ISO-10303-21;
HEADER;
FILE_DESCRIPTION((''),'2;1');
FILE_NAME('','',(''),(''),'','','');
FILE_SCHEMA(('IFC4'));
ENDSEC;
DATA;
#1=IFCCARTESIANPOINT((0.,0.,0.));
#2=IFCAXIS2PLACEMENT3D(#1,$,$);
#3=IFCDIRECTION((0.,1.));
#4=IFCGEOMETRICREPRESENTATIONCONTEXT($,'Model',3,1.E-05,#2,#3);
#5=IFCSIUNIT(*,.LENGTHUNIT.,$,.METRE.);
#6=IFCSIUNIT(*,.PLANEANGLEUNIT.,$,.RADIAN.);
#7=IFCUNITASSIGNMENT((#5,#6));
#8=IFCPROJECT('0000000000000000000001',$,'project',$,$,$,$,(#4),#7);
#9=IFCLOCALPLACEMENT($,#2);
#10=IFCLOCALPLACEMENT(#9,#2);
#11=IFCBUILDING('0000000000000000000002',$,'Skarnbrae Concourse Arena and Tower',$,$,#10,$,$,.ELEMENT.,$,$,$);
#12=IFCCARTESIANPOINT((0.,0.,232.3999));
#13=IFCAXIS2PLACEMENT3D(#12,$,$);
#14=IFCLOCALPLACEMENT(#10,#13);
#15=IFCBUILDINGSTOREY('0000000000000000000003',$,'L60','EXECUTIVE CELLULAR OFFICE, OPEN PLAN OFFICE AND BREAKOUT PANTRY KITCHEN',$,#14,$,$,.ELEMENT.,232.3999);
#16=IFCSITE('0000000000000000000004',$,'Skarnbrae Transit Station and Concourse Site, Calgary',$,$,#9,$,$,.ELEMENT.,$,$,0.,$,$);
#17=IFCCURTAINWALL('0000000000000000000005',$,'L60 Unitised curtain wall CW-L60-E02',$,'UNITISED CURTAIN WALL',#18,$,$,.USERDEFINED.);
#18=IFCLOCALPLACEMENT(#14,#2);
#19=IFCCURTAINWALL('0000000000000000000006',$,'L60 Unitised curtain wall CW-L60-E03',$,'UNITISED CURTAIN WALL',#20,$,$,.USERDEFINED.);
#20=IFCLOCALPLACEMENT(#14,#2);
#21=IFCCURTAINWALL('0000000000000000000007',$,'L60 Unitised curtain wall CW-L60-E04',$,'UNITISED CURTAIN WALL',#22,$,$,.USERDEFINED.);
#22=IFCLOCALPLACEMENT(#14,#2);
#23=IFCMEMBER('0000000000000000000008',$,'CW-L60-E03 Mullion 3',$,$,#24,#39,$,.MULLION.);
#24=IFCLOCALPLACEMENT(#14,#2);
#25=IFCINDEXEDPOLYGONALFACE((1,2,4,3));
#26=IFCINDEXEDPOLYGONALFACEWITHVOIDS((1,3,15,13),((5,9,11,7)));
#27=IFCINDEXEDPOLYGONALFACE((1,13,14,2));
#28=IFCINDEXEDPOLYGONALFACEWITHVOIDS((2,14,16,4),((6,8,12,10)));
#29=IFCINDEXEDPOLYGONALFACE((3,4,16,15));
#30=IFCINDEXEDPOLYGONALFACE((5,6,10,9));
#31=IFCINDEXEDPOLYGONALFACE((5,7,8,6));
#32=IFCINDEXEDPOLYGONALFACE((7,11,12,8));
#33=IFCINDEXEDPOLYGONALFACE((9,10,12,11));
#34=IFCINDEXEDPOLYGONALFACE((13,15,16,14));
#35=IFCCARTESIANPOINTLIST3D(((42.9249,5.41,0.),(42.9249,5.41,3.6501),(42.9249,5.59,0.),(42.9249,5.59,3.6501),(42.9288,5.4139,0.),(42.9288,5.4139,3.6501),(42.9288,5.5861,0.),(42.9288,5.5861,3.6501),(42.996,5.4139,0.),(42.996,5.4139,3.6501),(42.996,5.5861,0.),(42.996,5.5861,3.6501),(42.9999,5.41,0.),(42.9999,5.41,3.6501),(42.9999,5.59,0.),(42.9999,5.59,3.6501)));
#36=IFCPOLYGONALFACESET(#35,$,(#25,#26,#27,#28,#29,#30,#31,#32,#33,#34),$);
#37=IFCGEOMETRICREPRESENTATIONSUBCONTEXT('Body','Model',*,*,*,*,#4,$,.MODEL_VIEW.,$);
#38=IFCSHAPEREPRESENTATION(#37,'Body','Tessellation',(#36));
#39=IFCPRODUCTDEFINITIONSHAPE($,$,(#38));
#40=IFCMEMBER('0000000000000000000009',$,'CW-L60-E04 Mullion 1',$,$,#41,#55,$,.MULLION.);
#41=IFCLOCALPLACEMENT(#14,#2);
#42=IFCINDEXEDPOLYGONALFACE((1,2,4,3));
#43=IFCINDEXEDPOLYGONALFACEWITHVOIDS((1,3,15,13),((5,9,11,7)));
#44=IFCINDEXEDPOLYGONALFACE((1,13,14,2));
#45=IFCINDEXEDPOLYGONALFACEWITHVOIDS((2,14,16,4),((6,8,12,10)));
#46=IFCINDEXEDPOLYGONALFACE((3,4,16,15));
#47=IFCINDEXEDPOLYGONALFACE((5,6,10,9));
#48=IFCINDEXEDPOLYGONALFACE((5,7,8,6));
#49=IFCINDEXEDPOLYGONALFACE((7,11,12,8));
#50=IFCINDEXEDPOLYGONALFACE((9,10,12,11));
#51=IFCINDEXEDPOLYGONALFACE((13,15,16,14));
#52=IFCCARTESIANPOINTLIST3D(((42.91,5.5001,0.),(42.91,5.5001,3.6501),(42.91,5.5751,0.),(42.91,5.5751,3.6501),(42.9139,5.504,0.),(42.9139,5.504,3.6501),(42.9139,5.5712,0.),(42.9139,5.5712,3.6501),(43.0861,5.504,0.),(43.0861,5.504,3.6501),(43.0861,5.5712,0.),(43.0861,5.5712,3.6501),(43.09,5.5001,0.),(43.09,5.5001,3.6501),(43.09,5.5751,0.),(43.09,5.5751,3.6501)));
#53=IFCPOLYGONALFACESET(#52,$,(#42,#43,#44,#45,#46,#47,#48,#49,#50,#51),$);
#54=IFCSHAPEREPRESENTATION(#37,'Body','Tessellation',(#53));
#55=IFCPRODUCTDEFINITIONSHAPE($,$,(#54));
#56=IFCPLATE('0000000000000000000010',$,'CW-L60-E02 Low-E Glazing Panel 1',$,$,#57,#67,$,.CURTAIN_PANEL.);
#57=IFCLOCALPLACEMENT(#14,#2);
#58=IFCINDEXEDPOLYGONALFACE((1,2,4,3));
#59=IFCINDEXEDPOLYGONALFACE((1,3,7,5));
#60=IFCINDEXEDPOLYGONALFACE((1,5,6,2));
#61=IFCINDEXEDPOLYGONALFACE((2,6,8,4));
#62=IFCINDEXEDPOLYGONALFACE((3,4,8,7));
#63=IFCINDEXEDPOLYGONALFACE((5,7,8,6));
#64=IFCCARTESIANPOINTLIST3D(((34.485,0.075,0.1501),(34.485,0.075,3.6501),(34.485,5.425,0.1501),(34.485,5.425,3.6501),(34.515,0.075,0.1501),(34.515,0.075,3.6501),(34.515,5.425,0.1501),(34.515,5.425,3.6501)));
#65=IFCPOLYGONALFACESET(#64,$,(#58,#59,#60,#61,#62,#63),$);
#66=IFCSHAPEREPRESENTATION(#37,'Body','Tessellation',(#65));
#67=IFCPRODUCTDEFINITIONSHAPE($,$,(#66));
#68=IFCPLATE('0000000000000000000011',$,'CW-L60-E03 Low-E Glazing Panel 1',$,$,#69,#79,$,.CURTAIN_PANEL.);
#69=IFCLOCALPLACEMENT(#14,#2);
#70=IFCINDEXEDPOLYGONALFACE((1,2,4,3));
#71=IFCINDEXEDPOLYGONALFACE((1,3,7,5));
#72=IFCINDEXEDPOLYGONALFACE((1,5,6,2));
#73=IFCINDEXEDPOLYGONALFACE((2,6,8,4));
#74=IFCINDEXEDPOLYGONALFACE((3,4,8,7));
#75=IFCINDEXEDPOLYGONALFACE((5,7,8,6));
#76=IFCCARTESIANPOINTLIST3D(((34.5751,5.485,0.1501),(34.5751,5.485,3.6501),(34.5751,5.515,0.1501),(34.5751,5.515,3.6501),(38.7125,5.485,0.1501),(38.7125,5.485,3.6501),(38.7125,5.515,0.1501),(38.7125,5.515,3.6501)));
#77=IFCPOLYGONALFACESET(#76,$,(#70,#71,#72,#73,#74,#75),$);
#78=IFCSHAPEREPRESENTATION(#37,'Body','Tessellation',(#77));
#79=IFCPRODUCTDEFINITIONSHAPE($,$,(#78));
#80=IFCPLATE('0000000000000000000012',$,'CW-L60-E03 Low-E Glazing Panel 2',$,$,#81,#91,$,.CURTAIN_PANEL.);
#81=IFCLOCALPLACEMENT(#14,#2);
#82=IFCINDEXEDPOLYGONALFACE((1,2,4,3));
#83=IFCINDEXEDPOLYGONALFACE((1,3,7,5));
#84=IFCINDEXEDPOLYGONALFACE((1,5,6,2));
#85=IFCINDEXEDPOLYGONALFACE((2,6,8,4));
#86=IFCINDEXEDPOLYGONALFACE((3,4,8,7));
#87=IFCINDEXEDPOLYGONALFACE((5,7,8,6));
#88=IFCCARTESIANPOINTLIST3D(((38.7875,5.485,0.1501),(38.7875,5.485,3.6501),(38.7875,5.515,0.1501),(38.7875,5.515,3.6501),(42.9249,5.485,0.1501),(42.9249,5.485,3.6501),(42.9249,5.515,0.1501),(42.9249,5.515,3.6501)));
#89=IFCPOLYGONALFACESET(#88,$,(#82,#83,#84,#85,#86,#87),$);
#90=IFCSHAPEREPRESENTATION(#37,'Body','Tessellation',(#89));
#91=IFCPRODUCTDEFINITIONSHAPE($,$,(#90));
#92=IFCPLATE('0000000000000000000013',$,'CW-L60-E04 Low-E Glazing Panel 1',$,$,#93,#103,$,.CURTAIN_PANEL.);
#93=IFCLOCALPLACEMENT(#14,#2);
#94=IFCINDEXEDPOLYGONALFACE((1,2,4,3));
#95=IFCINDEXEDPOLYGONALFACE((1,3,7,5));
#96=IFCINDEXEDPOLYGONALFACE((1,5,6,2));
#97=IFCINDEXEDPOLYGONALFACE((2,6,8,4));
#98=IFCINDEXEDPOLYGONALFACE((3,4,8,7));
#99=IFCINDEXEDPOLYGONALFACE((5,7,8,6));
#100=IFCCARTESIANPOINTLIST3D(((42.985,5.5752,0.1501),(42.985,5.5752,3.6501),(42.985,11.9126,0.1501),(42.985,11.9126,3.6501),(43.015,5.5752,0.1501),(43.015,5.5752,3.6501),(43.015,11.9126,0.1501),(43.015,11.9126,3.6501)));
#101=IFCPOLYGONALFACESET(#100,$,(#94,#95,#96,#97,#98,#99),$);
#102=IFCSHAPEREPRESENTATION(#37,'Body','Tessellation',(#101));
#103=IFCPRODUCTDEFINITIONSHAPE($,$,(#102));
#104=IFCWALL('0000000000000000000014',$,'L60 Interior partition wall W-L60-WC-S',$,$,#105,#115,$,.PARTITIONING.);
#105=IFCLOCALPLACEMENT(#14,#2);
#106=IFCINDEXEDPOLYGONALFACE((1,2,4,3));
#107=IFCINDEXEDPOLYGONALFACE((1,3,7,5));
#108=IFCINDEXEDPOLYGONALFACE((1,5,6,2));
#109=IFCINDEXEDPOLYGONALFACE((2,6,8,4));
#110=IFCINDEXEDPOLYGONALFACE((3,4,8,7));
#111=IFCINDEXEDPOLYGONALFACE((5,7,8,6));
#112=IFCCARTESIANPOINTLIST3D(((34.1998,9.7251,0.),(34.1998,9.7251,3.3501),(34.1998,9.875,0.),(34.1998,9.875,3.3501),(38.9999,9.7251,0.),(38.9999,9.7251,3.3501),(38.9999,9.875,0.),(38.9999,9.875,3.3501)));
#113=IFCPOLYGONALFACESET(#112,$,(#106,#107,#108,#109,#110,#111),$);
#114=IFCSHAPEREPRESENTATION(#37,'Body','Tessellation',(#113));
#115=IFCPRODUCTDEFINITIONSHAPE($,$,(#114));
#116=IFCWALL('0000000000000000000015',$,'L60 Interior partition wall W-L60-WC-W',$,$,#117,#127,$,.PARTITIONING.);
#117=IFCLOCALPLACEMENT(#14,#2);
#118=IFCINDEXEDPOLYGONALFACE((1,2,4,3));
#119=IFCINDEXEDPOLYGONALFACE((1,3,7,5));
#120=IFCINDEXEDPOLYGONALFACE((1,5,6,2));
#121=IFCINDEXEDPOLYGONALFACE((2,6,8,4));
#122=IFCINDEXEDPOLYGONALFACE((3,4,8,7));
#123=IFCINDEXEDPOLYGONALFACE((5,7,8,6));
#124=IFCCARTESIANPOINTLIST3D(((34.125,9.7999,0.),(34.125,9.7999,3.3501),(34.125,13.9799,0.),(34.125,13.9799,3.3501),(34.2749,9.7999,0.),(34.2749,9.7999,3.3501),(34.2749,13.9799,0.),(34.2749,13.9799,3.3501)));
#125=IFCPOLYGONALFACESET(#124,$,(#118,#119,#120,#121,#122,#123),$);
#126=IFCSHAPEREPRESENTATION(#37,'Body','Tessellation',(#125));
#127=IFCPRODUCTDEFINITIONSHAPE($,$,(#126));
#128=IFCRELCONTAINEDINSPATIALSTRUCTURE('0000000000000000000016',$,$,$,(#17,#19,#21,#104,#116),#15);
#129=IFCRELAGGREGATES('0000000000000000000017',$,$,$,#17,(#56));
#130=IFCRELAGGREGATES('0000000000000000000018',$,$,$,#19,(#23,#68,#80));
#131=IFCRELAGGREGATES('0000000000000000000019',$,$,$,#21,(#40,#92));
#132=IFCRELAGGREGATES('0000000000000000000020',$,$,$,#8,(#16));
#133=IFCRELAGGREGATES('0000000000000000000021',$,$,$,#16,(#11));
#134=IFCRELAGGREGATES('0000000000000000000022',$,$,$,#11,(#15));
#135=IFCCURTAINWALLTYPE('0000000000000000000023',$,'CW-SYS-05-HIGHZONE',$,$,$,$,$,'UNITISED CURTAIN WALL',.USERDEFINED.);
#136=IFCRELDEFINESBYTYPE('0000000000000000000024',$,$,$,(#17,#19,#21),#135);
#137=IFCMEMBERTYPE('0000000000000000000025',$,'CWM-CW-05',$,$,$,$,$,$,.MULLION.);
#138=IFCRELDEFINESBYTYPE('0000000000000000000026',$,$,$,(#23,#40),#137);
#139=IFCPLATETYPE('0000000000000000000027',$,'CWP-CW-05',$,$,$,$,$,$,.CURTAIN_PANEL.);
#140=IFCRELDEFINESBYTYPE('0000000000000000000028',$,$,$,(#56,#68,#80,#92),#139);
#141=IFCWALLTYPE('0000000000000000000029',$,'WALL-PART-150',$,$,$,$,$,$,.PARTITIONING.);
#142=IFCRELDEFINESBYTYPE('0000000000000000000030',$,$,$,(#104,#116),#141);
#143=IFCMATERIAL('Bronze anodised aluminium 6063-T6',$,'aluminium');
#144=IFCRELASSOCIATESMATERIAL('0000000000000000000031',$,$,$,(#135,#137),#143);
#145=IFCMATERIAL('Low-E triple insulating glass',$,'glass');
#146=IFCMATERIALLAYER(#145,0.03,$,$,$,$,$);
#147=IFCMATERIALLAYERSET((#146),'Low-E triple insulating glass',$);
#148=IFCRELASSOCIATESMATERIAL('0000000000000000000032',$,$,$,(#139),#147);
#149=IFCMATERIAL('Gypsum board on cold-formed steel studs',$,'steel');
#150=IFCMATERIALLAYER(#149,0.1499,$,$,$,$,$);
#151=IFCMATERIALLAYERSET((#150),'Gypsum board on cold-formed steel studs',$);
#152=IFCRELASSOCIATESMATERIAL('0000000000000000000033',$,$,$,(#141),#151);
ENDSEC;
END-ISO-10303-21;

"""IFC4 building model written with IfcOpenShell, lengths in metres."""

from ifc_helpers import new_model, si_unit, direction, frame, frame_2d, origin, origin_2d, place, context, subcontext, project, spatial, rectangle, hollow_rectangle, extrude, source, transform, mapped, material, layer, layer_set, material_profile, profile_set, type_object, element, aggregate, save


model = new_model("IFC4")

# Units and contexts
model_context = context("Model", 3, precision=1e-05, world=origin(), true_north=direction((0.0, 1.0)))
body_context = subcontext(model_context, "Body", "Model", "MODEL_VIEW")
ifc_project = project(units=[si_unit("LENGTHUNIT", "METRE"), si_unit("PLANEANGLEUNIT", "RADIAN")], contexts=[model_context])

# Site, building, storey
site_placement = place(None, origin())
site = spatial("IfcSite", under=ifc_project, at=site_placement, Name="Skarnbrae Transit Station and Concourse Site, Calgary", CompositionType="ELEMENT", RefElevation=0.0)
building_placement = place(site_placement, origin())
building = spatial("IfcBuilding", under=site, at=building_placement, Name="Skarnbrae Concourse Arena and Tower", CompositionType="ELEMENT")
storey_placement = place(building_placement, frame((0.0, 0.0, 232.3999)))
storey = spatial("IfcBuildingStorey", under=building, at=storey_placement, Name="L60", Description="EXECUTIVE CELLULAR OFFICE, OPEN PLAN OFFICE AND BREAKOUT PANTRY KITCHEN", CompositionType="ELEMENT", Elevation=232.3999)

# Curtain wall
ifc_material_1 = material(Name="Bronze anodised aluminium 6063-T6", Category="aluminium")
curtain_wall_type = type_object("IfcCurtainWallType", Name="CW-SYS-05-HIGHZONE", ElementType="UNITISED CURTAIN WALL", PredefinedType="USERDEFINED", material=ifc_material_1)
curtain_wall_1_placement = place(storey_placement, origin())
curtain_wall_1 = element("IfcCurtainWall", 1, at=curtain_wall_1_placement, inside=storey, type_object=curtain_wall_type, Name="L60 Unitised curtain wall CW-L60-E02", ObjectType="UNITISED CURTAIN WALL", PredefinedType="USERDEFINED")

# Curtain wall
curtain_wall_2_placement = place(storey_placement, origin())
curtain_wall_2 = element("IfcCurtainWall", 2, at=curtain_wall_2_placement, inside=storey, type_object=curtain_wall_type, Name="L60 Unitised curtain wall CW-L60-E03", ObjectType="UNITISED CURTAIN WALL", PredefinedType="USERDEFINED")

# Curtain wall
curtain_wall_3_placement = place(storey_placement, origin())
curtain_wall_3 = element("IfcCurtainWall", 3, at=curtain_wall_3_placement, inside=storey, type_object=curtain_wall_type, Name="L60 Unitised curtain wall CW-L60-E04", ObjectType="UNITISED CURTAIN WALL", PredefinedType="USERDEFINED")

# Members
ifc_material_profile_1 = material_profile(ifc_material_1, hollow_rectangle(XDim=0.075, YDim=0.1799, WallThickness=0.0039, at=origin_2d()), Name="ALU-MULL-75X180")
ifc_profile_set_1 = profile_set([ifc_material_profile_1], Name="Bronze anodised aluminium 6063-T6")
member_type_1 = type_object("IfcMemberType", Name="CWM-CW-05", PredefinedType="MULLION", material=ifc_profile_set_1)
shared_shape_1 = source(origin(), body_context, "Body", "SweptSolid", [
    extrude(hollow_rectangle(XDim=0.075, YDim=0.1799, WallThickness=0.0039, at=origin_2d()), origin(), (0.0, 0.0, 1.0), 3.6501),
])
member_1_placement = place(storey_placement, frame((42.9624, 5.5, 0.0), z_axis=(0.0, 0.0, 1.0), x_axis=(1.0, 0.0, 0.0)))
member_1 = element("IfcMember", 4, at=member_1_placement, type_object=member_type_1, Name="CW-L60-E03 Mullion 3", PredefinedType="MULLION", context=body_context, shape_type="MappedRepresentation", body=[
    mapped(shared_shape_1, transform((0.0, 0.0, 0.0))),
])
member_2_placement = place(storey_placement, frame((43.0, 5.5376, 0.0), z_axis=(0.0, 0.0, 1.0), x_axis=(0.0, 1.0, 0.0)))
member_2 = element("IfcMember", 5, at=member_2_placement, type_object=member_type_1, Name="CW-L60-E04 Mullion 1", PredefinedType="MULLION", context=body_context, shape_type="MappedRepresentation", body=[
    mapped(shared_shape_1, transform((0.0, 0.0, 0.0))),
])

# Plates
ifc_material_2 = material(Name="Low-E triple insulating glass", Category="glass")
ifc_layer_1 = layer(ifc_material_2, 0.03)
ifc_layer_set_1 = layer_set([ifc_layer_1], Name="Low-E triple insulating glass")
plate_type = type_object("IfcPlateType", Name="CWP-CW-05", PredefinedType="CURTAIN_PANEL", material=ifc_layer_set_1)
shared_shape_2 = source(origin(), body_context, "Body", "SweptSolid", [
    extrude(rectangle(XDim=5.3501, YDim=0.03, at=origin_2d()), origin(), (0.0, 0.0, 1.0), 3.5),
])
plate_1_placement = place(storey_placement, frame((34.5, 2.75, 0.1501), z_axis=(0.0, 0.0, 1.0), x_axis=(0.0, 1.0, 0.0)))
plate_1 = element("IfcPlate", 6, at=plate_1_placement, type_object=plate_type, Name="CW-L60-E02 Low-E Glazing Panel 1", PredefinedType="CURTAIN_PANEL", context=body_context, shape_type="MappedRepresentation", body=[
    mapped(shared_shape_2, transform((0.0, 0.0, 0.0))),
])
aggregate(curtain_wall_1, [plate_1])
shared_shape_3 = source(origin(), body_context, "Body", "SweptSolid", [
    extrude(rectangle(XDim=4.1375, YDim=0.03, at=origin_2d()), origin(), (0.0, 0.0, 1.0), 3.5),
])
plate_2_placement = place(storey_placement, frame((36.6438, 5.5, 0.1501), z_axis=(0.0, 0.0, 1.0), x_axis=(1.0, 0.0, 0.0)))
plate_2 = element("IfcPlate", 7, at=plate_2_placement, type_object=plate_type, Name="CW-L60-E03 Low-E Glazing Panel 1", PredefinedType="CURTAIN_PANEL", context=body_context, shape_type="MappedRepresentation", body=[
    mapped(shared_shape_3, transform((0.0, 0.0, 0.0))),
])
plate_3_placement = place(storey_placement, frame((40.8562, 5.5, 0.1501), z_axis=(0.0, 0.0, 1.0), x_axis=(1.0, 0.0, 0.0)))
plate_3 = element("IfcPlate", 8, at=plate_3_placement, type_object=plate_type, Name="CW-L60-E03 Low-E Glazing Panel 2", PredefinedType="CURTAIN_PANEL", context=body_context, shape_type="MappedRepresentation", body=[
    mapped(shared_shape_3, transform((0.0, 0.0, 0.0))),
])
aggregate(curtain_wall_2, [member_1, plate_2, plate_3])
shared_shape_4 = source(origin(), body_context, "Body", "SweptSolid", [
    extrude(rectangle(XDim=6.3374, YDim=0.03, at=origin_2d()), origin(), (0.0, 0.0, 1.0), 3.5),
])
plate_4_placement = place(storey_placement, frame((43.0, 8.7439, 0.1501), z_axis=(0.0, 0.0, 1.0), x_axis=(0.0, 1.0, 0.0)))
plate_4 = element("IfcPlate", 9, at=plate_4_placement, type_object=plate_type, Name="CW-L60-E04 Low-E Glazing Panel 1", PredefinedType="CURTAIN_PANEL", context=body_context, shape_type="MappedRepresentation", body=[
    mapped(shared_shape_4, transform((0.0, 0.0, 0.0))),
])
aggregate(curtain_wall_3, [member_2, plate_4])

# Walls
ifc_material_3 = material(Name="Gypsum board on cold-formed steel studs", Category="steel")
ifc_layer_2 = layer(ifc_material_3, 0.1499)
ifc_layer_set_2 = layer_set([ifc_layer_2], Name="Gypsum board on cold-formed steel studs")
wall_type = type_object("IfcWallType", Name="WALL-PART-150", PredefinedType="PARTITIONING", material=ifc_layer_set_2)
shared_shape_5 = source(origin(), body_context, "Body", "SweptSolid", [
    extrude(rectangle(XDim=4.8, YDim=0.1499, at=frame_2d((2.3999, 0.0))), origin(), (0.0, 0.0, 1.0), 3.3501),
])
wall_1_placement = place(storey_placement, frame((34.2, 9.8, 0.0), z_axis=(0.0, 0.0, 1.0), x_axis=(1.0, 0.0, 0.0)))
element("IfcWall", 10, at=wall_1_placement, inside=storey, type_object=wall_type, Name="L60 Interior partition wall W-L60-WC-S", PredefinedType="PARTITIONING", context=body_context, shape_type="MappedRepresentation", body=[
    mapped(shared_shape_5, transform((0.0, 0.0, 0.0))),
])
shared_shape_6 = source(origin(), body_context, "Body", "SweptSolid", [
    extrude(rectangle(XDim=4.1799, YDim=0.1499, at=frame_2d((2.0898, 0.0))), origin(), (0.0, 0.0, 1.0), 3.3501),
])
wall_2_placement = place(storey_placement, frame((34.2, 9.8, 0.0), z_axis=(0.0, 0.0, 1.0), x_axis=(0.0, 1.0, 0.0)))
element("IfcWall", 11, at=wall_2_placement, inside=storey, type_object=wall_type, Name="L60 Interior partition wall W-L60-WC-W", PredefinedType="PARTITIONING", context=body_context, shape_type="MappedRepresentation", body=[
    mapped(shared_shape_6, transform((0.0, 0.0, 0.0))),
])

save(model, "model.ifc")
